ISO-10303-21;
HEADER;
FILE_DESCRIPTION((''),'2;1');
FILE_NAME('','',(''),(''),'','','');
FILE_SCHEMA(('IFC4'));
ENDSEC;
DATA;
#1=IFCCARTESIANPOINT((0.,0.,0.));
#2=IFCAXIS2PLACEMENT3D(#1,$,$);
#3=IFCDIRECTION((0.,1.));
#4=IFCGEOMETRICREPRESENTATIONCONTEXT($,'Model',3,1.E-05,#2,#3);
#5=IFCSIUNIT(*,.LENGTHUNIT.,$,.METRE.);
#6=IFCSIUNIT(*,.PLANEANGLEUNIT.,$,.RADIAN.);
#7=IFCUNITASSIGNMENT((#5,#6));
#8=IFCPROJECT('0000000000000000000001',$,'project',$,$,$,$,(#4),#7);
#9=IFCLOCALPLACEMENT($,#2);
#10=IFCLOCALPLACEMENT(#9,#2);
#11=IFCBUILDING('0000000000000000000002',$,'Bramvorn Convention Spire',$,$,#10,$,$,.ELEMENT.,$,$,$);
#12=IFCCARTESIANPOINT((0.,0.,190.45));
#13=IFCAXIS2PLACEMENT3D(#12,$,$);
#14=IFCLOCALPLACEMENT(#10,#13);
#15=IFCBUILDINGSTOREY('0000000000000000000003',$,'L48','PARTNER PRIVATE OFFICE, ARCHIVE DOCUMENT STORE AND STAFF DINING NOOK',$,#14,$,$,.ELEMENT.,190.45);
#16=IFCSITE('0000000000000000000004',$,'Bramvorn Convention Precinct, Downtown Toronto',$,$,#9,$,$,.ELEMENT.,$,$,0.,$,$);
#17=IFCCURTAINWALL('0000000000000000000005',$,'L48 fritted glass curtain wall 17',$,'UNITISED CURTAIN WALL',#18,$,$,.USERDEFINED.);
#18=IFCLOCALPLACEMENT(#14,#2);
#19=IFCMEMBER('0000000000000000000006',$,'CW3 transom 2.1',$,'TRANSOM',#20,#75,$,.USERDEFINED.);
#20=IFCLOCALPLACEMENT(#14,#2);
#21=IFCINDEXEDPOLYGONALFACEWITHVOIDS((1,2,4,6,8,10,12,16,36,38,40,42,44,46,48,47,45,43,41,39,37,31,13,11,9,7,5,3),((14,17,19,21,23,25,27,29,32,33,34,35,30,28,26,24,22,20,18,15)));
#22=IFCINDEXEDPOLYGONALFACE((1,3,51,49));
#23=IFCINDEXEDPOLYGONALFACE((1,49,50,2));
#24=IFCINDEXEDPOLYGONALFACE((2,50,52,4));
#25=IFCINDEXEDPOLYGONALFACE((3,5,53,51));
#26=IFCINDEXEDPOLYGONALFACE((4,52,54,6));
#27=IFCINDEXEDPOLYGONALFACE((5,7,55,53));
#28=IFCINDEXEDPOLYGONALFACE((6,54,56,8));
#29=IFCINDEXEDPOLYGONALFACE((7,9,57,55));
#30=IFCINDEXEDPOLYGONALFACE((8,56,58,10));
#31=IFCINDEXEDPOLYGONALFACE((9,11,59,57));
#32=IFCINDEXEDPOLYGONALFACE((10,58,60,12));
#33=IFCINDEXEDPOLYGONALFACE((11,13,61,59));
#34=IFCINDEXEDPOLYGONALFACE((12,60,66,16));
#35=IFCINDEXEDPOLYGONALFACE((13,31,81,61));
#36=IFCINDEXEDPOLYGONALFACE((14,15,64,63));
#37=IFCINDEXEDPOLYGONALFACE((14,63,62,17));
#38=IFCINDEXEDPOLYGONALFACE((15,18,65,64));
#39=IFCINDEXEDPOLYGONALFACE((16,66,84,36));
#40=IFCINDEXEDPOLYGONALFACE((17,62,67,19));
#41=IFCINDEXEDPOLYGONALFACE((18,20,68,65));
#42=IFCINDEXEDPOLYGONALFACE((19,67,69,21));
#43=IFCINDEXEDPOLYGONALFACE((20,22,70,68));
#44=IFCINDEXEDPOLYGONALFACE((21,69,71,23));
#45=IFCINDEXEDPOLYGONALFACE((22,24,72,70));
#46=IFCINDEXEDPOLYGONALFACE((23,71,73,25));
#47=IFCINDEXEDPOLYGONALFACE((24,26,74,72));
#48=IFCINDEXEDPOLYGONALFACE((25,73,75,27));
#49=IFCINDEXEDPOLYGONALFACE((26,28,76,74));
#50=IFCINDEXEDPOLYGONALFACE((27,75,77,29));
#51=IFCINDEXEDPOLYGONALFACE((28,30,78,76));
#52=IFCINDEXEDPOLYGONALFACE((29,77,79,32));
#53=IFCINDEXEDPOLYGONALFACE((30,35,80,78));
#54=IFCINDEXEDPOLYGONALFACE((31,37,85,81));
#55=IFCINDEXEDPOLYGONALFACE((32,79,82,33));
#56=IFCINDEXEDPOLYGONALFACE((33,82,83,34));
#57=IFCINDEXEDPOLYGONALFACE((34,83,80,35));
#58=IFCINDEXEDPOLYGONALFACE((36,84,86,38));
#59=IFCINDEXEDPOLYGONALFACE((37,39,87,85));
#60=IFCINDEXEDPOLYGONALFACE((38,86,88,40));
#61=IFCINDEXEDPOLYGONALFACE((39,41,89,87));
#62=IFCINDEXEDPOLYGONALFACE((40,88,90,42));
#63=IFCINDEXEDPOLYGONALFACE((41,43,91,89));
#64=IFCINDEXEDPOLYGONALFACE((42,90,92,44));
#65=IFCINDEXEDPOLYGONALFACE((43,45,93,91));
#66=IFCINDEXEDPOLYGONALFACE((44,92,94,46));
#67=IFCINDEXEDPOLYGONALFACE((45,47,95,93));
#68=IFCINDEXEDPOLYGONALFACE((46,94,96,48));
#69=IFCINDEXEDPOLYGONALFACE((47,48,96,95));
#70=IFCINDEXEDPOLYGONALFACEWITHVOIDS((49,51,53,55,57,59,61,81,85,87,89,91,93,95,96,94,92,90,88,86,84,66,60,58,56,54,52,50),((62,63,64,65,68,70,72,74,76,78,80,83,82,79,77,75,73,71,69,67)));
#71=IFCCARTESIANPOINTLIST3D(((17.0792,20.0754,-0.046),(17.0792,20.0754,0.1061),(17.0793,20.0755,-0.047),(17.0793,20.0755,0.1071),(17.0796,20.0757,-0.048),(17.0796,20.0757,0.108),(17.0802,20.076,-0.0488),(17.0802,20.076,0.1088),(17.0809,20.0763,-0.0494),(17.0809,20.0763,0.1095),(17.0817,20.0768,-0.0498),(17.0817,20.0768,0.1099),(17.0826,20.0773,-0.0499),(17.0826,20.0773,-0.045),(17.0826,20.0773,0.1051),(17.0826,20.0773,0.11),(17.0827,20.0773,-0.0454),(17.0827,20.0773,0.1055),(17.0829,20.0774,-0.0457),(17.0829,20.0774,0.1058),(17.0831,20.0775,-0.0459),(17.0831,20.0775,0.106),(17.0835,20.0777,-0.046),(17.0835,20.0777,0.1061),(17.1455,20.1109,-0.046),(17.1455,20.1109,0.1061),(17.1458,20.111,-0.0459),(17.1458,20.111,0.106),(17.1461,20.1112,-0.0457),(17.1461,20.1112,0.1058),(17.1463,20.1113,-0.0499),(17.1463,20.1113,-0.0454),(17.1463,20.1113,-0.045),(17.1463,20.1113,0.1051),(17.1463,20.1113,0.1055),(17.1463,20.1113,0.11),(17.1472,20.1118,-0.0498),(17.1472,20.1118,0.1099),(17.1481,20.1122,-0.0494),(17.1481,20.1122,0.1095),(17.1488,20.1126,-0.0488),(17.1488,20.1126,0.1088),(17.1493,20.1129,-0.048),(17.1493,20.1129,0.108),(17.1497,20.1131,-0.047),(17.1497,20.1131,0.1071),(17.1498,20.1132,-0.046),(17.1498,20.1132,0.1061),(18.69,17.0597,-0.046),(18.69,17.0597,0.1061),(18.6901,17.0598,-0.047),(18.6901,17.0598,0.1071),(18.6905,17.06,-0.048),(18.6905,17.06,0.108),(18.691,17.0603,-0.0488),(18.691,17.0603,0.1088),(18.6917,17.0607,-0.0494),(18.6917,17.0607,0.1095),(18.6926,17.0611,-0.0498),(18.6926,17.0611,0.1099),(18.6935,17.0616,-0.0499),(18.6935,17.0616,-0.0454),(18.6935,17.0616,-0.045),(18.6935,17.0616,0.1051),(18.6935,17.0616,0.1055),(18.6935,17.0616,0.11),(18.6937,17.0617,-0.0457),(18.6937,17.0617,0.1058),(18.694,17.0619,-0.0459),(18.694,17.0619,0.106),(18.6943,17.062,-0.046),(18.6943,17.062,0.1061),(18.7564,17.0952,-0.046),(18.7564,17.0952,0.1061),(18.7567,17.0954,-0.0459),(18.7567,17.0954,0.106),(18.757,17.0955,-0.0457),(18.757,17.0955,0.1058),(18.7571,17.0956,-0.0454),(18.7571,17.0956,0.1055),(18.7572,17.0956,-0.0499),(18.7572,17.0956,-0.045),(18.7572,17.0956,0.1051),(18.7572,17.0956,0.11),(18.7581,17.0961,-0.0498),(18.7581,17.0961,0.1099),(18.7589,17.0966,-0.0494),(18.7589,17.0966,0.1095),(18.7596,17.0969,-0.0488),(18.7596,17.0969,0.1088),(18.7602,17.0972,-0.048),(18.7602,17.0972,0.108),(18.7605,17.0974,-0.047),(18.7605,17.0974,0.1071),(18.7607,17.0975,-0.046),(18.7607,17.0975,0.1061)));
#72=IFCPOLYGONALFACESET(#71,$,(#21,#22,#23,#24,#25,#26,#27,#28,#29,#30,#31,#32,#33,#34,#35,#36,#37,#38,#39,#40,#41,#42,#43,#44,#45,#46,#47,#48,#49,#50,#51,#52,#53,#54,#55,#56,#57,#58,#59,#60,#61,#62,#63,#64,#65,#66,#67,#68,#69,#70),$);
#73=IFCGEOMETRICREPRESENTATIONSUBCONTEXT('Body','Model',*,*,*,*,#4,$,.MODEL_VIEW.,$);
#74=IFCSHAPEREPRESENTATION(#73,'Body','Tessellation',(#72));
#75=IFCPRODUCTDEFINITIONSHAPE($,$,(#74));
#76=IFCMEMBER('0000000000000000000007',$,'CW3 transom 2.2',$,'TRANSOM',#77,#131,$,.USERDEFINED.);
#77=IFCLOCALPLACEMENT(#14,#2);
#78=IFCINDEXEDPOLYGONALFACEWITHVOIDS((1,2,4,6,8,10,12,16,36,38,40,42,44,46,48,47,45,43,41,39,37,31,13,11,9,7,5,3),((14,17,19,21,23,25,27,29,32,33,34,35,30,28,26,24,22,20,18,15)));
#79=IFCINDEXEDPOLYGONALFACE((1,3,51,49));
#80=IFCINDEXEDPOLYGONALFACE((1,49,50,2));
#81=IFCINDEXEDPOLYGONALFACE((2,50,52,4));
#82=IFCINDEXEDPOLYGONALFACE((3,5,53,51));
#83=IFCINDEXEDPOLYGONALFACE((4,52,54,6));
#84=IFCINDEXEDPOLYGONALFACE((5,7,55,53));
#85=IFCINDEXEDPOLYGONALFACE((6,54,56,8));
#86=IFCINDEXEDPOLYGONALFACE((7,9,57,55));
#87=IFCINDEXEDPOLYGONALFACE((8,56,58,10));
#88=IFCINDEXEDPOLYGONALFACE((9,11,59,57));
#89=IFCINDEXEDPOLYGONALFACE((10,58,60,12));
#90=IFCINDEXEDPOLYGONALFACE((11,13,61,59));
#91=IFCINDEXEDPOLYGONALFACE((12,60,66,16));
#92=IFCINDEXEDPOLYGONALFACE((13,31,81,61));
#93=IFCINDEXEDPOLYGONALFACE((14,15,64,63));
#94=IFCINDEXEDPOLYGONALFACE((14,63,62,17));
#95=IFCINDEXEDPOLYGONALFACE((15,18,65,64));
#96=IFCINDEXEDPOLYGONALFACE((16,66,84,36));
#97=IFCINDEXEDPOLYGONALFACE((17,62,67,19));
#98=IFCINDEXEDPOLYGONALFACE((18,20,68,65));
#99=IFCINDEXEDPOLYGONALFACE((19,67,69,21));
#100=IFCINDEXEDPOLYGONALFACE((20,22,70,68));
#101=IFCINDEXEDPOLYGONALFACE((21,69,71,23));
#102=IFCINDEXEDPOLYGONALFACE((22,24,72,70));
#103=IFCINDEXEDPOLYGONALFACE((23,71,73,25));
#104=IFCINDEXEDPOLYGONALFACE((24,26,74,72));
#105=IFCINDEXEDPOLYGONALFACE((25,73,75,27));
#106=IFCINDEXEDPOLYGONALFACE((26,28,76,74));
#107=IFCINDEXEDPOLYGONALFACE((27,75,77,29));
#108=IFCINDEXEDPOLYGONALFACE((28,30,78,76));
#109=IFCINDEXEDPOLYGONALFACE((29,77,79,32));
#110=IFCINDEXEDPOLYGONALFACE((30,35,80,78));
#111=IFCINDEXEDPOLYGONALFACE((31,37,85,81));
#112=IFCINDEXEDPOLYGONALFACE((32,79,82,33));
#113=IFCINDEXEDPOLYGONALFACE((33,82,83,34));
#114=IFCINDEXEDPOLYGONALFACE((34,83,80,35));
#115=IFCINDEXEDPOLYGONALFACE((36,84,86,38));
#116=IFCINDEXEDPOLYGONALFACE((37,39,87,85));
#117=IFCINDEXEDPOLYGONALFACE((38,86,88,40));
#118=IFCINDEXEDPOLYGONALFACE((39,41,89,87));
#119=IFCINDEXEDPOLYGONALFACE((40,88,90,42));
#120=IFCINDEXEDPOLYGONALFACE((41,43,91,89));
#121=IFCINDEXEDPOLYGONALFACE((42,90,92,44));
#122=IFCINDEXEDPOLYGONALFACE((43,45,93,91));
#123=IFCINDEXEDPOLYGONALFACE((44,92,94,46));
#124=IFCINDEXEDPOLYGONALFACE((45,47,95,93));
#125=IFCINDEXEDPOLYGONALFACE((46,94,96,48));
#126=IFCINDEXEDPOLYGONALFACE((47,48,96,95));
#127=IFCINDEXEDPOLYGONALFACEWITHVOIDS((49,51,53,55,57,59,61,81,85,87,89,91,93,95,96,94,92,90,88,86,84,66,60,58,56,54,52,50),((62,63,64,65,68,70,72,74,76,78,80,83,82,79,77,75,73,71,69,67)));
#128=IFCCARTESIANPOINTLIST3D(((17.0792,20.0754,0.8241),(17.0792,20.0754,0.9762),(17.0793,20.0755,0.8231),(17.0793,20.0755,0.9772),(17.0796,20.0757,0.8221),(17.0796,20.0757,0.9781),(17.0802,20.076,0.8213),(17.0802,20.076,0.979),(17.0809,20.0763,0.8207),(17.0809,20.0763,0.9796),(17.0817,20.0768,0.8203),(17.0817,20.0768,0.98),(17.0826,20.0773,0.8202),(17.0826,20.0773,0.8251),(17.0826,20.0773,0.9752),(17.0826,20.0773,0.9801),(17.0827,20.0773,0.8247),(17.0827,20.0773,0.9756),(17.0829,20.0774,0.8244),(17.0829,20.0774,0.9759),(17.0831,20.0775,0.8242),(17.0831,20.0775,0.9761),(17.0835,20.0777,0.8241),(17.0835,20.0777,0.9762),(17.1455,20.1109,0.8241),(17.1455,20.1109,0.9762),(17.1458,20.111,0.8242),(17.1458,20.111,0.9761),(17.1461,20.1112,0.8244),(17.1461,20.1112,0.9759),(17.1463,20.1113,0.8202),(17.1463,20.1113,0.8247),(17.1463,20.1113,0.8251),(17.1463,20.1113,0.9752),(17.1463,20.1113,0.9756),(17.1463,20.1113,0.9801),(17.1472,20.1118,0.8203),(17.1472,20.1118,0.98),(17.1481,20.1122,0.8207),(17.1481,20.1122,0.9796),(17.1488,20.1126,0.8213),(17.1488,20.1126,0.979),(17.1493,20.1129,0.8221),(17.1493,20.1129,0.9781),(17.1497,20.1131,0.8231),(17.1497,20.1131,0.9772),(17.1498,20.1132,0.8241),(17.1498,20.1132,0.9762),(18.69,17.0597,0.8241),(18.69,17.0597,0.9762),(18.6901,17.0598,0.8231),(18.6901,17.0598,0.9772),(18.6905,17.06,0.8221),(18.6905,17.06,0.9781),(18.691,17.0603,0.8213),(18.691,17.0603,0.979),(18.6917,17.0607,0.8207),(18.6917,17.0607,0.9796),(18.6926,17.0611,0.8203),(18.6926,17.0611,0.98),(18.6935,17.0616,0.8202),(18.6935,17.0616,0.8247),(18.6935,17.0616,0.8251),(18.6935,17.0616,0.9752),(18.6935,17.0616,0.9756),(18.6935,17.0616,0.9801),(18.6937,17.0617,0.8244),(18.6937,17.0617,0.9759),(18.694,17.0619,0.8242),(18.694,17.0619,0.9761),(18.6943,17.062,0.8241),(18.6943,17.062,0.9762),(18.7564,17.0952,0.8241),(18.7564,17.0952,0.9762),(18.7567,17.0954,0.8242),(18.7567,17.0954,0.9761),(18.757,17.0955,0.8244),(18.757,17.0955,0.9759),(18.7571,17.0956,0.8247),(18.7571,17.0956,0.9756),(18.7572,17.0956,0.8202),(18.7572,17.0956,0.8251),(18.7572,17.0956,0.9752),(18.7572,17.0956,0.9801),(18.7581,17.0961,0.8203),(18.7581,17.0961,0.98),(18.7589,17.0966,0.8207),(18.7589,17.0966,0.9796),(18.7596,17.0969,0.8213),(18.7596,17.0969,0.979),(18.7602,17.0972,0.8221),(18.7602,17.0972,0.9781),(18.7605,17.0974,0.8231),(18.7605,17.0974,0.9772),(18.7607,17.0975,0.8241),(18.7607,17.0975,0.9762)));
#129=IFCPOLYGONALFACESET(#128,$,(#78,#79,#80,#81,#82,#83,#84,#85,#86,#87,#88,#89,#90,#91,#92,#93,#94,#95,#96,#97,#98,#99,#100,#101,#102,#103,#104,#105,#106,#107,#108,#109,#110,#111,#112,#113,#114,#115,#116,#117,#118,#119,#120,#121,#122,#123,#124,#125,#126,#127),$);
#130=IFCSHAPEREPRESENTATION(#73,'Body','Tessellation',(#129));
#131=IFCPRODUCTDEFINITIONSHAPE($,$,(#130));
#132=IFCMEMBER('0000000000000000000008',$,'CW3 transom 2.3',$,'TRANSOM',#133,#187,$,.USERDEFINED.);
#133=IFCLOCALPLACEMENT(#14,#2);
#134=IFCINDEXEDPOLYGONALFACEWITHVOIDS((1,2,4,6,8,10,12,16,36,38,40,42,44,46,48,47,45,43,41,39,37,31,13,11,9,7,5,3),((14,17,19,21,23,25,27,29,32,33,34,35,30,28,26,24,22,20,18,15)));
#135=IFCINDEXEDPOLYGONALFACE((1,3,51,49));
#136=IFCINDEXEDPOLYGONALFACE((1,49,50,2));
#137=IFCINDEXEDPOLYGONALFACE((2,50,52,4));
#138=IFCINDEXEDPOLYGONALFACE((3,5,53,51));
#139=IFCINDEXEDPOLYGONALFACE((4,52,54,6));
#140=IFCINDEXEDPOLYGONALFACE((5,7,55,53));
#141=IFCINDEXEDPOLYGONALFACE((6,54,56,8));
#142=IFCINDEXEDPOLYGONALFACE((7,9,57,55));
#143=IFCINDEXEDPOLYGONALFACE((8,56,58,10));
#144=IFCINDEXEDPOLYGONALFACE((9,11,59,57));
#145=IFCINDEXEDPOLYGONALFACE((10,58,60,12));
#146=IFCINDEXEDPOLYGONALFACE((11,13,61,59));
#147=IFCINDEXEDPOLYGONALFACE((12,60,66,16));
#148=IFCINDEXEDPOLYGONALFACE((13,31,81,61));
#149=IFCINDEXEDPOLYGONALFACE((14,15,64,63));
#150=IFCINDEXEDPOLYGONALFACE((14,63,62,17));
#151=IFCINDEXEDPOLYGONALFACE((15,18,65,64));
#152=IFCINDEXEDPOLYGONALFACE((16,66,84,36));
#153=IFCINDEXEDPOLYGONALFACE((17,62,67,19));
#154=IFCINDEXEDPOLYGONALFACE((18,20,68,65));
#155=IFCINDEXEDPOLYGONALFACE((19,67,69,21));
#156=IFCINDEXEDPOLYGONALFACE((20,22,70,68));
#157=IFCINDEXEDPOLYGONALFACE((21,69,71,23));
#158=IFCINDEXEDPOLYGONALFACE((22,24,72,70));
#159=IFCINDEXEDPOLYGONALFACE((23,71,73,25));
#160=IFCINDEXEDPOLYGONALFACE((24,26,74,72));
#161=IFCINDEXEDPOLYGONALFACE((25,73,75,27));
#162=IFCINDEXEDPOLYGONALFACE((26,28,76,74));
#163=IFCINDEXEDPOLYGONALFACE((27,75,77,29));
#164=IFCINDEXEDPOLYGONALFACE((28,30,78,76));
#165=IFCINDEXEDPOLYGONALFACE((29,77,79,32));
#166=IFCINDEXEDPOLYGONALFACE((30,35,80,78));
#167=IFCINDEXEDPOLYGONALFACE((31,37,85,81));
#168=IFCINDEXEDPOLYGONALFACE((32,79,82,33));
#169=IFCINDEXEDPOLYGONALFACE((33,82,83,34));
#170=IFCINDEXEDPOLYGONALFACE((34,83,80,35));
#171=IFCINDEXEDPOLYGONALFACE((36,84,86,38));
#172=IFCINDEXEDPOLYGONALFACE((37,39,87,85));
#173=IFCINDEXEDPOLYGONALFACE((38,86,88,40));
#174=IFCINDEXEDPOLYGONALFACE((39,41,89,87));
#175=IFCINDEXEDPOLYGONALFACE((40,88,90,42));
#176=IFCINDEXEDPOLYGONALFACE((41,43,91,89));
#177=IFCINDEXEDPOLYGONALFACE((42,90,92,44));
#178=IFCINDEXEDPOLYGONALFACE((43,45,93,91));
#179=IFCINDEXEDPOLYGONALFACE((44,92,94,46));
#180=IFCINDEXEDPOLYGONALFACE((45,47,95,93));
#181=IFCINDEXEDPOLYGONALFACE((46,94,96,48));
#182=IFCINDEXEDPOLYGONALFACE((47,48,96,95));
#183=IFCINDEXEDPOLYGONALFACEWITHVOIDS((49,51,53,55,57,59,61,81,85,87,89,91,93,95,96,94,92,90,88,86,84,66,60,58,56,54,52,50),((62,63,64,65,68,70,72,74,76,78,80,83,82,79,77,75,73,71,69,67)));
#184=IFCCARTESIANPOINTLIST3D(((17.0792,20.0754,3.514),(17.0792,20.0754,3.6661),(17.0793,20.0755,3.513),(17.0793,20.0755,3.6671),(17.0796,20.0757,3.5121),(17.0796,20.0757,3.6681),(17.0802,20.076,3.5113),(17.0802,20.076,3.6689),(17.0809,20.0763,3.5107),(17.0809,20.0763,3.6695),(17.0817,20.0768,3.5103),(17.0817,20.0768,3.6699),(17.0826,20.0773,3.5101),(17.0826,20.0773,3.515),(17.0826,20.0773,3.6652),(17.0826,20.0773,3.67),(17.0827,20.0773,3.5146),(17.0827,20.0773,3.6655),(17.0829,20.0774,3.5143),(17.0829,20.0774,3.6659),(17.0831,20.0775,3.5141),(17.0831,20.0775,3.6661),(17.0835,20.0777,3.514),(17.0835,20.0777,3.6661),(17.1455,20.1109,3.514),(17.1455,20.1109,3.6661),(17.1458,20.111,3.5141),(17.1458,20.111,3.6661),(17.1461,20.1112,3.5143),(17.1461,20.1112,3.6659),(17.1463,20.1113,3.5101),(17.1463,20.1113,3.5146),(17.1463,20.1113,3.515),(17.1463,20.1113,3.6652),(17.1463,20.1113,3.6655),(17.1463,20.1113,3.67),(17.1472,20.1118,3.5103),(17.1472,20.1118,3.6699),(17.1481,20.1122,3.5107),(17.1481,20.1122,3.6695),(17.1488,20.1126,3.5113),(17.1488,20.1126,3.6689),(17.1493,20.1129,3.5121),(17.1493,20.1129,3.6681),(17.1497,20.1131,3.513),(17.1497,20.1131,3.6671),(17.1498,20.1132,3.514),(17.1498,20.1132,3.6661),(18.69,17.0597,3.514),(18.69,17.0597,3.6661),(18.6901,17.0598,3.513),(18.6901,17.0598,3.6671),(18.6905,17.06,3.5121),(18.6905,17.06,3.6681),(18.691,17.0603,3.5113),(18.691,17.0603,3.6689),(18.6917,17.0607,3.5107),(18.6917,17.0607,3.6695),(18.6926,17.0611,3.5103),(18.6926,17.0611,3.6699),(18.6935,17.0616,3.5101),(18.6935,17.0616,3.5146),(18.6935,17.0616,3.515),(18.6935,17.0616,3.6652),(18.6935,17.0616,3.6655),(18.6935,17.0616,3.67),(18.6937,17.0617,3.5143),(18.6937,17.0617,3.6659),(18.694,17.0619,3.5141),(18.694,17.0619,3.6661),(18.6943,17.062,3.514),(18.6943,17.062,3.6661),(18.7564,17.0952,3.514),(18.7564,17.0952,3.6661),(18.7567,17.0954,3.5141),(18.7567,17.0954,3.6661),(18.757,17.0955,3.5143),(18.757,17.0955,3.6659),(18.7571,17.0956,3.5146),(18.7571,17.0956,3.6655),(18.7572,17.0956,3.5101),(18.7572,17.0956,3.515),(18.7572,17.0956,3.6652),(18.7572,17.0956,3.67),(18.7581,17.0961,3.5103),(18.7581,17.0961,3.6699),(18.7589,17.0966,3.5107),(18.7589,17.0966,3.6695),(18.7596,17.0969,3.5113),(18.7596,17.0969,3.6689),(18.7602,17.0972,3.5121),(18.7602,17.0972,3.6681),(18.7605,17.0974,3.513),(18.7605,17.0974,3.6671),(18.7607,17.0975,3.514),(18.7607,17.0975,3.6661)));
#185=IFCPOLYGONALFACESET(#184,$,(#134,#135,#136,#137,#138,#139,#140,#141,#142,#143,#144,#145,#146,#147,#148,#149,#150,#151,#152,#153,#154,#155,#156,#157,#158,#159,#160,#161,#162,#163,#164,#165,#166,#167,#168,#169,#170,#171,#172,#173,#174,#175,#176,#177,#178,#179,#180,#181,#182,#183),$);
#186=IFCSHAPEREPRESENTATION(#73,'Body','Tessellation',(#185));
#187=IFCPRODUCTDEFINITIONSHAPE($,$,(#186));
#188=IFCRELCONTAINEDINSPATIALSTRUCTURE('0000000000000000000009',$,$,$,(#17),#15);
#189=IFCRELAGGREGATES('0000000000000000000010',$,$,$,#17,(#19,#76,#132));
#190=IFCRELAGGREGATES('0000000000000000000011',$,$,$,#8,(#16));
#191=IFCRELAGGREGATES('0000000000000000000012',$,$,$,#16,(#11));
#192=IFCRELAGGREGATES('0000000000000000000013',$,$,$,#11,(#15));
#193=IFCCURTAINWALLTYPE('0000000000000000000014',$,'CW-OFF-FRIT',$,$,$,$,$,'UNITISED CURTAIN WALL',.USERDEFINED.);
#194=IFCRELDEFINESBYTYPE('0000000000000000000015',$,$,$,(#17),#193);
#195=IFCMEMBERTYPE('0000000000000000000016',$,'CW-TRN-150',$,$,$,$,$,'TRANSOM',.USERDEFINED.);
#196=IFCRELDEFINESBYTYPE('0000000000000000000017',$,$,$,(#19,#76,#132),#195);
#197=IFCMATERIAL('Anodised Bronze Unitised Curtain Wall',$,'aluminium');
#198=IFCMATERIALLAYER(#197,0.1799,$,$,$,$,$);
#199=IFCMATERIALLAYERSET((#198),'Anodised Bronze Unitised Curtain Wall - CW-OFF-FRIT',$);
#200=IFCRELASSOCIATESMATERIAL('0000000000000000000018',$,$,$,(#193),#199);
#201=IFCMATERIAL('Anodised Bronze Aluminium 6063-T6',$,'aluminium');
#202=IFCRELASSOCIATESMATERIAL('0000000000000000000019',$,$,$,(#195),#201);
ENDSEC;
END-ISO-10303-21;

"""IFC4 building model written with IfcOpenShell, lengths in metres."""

from ifc_helpers import new_model, si_unit, direction, frame, origin, origin_2d, place, context, subcontext, project, spatial, hollow_rectangle, extrude, material, layer, layer_set, material_profile, profile_set, type_object, element, aggregate, save


model = new_model("IFC4")

# Units and contexts
model_context = context("Model", 3, precision=1e-05, world=origin(), true_north=direction((0.0, 1.0)))
body_context = subcontext(model_context, "Body", "Model", "MODEL_VIEW")
ifc_project = project(units=[si_unit("LENGTHUNIT", "METRE"), si_unit("PLANEANGLEUNIT", "RADIAN")], contexts=[model_context])

# Site, building, storey
site_placement = place(None, origin())
site = spatial("IfcSite", under=ifc_project, at=site_placement, Name="Bramvorn Convention Precinct, Downtown Toronto", CompositionType="ELEMENT", RefElevation=0.0)
building_placement = place(site_placement, origin())
building = spatial("IfcBuilding", under=site, at=building_placement, Name="Bramvorn Convention Spire", CompositionType="ELEMENT")
storey_placement = place(building_placement, frame((0.0, 0.0, 190.45)))
storey = spatial("IfcBuildingStorey", under=building, at=storey_placement, Name="L48", Description="PARTNER PRIVATE OFFICE, ARCHIVE DOCUMENT STORE AND STAFF DINING NOOK", CompositionType="ELEMENT", Elevation=190.45)

# Curtain wall, members
ifc_material_1 = material(Name="Anodised Bronze Unitised Curtain Wall", Category="aluminium")
ifc_layer_1 = layer(ifc_material_1, 0.1799)
ifc_layer_set_1 = layer_set([ifc_layer_1], Name="Anodised Bronze Unitised Curtain Wall - CW-OFF-FRIT")
curtain_wall_type = type_object("IfcCurtainWallType", Name="CW-OFF-FRIT", ElementType="UNITISED CURTAIN WALL", PredefinedType="USERDEFINED", material=ifc_layer_set_1)
curtain_wall_placement = place(storey_placement, origin())
curtain_wall = element("IfcCurtainWall", 1, at=curtain_wall_placement, inside=storey, type_object=curtain_wall_type, Name="L48 fritted glass curtain wall 17", ObjectType="UNITISED CURTAIN WALL", PredefinedType="USERDEFINED")
ifc_material_2 = material(Name="Anodised Bronze Aluminium 6063-T6", Category="aluminium")
ifc_material_profile_1 = material_profile(ifc_material_2, hollow_rectangle(XDim=0.0801, YDim=0.1599, WallThickness=0.0039, InnerFilletRadius=0.001, OuterFilletRadius=0.0039, at=origin_2d()))
ifc_profile_set_1 = profile_set([ifc_material_profile_1], Name="Anodised Bronze Aluminium 6063-T6 - CWT80X160")
member_type_1 = type_object("IfcMemberType", Name="CW-TRN-150", ElementType="TRANSOM", PredefinedType="USERDEFINED", material=ifc_profile_set_1)
member_1_placement = place(storey_placement, frame((18.7253, 17.0786, 0.03), z_axis=(-0.471159, 0.882048, 0.0), x_axis=(-0.882048, -0.471159, 0.0)))
member_1 = element("IfcMember", 2, at=member_1_placement, type_object=member_type_1, Name="CW3 transom 2.1", ObjectType="TRANSOM", PredefinedType="USERDEFINED", context=body_context, shape_type="SweptSolid", body=[
    extrude(hollow_rectangle(XDim=0.0801, YDim=0.1599, WallThickness=0.0039, InnerFilletRadius=0.001, OuterFilletRadius=0.0039, at=origin_2d()), origin(), (0.0, 0.0, 1.0), 3.4189),
])
member_2_placement = place(storey_placement, frame((18.7253, 17.0786, 0.9001), z_axis=(-0.471159, 0.882048, 0.0), x_axis=(-0.882048, -0.471159, 0.0)))
member_2 = element("IfcMember", 3, at=member_2_placement, type_object=member_type_1, Name="CW3 transom 2.2", ObjectType="TRANSOM", PredefinedType="USERDEFINED", context=body_context, shape_type="SweptSolid", body=[
    extrude(hollow_rectangle(XDim=0.0801, YDim=0.1599, WallThickness=0.0039, InnerFilletRadius=0.001, OuterFilletRadius=0.0039, at=origin_2d()), origin(), (0.0, 0.0, 1.0), 3.4189),
])
member_3_placement = place(storey_placement, frame((18.7253, 17.0786, 3.5901), z_axis=(-0.471159, 0.882048, 0.0), x_axis=(-0.882048, -0.471159, 0.0)))
member_3 = element("IfcMember", 4, at=member_3_placement, type_object=member_type_1, Name="CW3 transom 2.3", ObjectType="TRANSOM", PredefinedType="USERDEFINED", context=body_context, shape_type="SweptSolid", body=[
    extrude(hollow_rectangle(XDim=0.0801, YDim=0.1599, WallThickness=0.0039, InnerFilletRadius=0.001, OuterFilletRadius=0.0039, at=origin_2d()), origin(), (0.0, 0.0, 1.0), 3.4189),
])

aggregate(curtain_wall, [member_1, member_2, member_3])

save(model, "model.ifc")
